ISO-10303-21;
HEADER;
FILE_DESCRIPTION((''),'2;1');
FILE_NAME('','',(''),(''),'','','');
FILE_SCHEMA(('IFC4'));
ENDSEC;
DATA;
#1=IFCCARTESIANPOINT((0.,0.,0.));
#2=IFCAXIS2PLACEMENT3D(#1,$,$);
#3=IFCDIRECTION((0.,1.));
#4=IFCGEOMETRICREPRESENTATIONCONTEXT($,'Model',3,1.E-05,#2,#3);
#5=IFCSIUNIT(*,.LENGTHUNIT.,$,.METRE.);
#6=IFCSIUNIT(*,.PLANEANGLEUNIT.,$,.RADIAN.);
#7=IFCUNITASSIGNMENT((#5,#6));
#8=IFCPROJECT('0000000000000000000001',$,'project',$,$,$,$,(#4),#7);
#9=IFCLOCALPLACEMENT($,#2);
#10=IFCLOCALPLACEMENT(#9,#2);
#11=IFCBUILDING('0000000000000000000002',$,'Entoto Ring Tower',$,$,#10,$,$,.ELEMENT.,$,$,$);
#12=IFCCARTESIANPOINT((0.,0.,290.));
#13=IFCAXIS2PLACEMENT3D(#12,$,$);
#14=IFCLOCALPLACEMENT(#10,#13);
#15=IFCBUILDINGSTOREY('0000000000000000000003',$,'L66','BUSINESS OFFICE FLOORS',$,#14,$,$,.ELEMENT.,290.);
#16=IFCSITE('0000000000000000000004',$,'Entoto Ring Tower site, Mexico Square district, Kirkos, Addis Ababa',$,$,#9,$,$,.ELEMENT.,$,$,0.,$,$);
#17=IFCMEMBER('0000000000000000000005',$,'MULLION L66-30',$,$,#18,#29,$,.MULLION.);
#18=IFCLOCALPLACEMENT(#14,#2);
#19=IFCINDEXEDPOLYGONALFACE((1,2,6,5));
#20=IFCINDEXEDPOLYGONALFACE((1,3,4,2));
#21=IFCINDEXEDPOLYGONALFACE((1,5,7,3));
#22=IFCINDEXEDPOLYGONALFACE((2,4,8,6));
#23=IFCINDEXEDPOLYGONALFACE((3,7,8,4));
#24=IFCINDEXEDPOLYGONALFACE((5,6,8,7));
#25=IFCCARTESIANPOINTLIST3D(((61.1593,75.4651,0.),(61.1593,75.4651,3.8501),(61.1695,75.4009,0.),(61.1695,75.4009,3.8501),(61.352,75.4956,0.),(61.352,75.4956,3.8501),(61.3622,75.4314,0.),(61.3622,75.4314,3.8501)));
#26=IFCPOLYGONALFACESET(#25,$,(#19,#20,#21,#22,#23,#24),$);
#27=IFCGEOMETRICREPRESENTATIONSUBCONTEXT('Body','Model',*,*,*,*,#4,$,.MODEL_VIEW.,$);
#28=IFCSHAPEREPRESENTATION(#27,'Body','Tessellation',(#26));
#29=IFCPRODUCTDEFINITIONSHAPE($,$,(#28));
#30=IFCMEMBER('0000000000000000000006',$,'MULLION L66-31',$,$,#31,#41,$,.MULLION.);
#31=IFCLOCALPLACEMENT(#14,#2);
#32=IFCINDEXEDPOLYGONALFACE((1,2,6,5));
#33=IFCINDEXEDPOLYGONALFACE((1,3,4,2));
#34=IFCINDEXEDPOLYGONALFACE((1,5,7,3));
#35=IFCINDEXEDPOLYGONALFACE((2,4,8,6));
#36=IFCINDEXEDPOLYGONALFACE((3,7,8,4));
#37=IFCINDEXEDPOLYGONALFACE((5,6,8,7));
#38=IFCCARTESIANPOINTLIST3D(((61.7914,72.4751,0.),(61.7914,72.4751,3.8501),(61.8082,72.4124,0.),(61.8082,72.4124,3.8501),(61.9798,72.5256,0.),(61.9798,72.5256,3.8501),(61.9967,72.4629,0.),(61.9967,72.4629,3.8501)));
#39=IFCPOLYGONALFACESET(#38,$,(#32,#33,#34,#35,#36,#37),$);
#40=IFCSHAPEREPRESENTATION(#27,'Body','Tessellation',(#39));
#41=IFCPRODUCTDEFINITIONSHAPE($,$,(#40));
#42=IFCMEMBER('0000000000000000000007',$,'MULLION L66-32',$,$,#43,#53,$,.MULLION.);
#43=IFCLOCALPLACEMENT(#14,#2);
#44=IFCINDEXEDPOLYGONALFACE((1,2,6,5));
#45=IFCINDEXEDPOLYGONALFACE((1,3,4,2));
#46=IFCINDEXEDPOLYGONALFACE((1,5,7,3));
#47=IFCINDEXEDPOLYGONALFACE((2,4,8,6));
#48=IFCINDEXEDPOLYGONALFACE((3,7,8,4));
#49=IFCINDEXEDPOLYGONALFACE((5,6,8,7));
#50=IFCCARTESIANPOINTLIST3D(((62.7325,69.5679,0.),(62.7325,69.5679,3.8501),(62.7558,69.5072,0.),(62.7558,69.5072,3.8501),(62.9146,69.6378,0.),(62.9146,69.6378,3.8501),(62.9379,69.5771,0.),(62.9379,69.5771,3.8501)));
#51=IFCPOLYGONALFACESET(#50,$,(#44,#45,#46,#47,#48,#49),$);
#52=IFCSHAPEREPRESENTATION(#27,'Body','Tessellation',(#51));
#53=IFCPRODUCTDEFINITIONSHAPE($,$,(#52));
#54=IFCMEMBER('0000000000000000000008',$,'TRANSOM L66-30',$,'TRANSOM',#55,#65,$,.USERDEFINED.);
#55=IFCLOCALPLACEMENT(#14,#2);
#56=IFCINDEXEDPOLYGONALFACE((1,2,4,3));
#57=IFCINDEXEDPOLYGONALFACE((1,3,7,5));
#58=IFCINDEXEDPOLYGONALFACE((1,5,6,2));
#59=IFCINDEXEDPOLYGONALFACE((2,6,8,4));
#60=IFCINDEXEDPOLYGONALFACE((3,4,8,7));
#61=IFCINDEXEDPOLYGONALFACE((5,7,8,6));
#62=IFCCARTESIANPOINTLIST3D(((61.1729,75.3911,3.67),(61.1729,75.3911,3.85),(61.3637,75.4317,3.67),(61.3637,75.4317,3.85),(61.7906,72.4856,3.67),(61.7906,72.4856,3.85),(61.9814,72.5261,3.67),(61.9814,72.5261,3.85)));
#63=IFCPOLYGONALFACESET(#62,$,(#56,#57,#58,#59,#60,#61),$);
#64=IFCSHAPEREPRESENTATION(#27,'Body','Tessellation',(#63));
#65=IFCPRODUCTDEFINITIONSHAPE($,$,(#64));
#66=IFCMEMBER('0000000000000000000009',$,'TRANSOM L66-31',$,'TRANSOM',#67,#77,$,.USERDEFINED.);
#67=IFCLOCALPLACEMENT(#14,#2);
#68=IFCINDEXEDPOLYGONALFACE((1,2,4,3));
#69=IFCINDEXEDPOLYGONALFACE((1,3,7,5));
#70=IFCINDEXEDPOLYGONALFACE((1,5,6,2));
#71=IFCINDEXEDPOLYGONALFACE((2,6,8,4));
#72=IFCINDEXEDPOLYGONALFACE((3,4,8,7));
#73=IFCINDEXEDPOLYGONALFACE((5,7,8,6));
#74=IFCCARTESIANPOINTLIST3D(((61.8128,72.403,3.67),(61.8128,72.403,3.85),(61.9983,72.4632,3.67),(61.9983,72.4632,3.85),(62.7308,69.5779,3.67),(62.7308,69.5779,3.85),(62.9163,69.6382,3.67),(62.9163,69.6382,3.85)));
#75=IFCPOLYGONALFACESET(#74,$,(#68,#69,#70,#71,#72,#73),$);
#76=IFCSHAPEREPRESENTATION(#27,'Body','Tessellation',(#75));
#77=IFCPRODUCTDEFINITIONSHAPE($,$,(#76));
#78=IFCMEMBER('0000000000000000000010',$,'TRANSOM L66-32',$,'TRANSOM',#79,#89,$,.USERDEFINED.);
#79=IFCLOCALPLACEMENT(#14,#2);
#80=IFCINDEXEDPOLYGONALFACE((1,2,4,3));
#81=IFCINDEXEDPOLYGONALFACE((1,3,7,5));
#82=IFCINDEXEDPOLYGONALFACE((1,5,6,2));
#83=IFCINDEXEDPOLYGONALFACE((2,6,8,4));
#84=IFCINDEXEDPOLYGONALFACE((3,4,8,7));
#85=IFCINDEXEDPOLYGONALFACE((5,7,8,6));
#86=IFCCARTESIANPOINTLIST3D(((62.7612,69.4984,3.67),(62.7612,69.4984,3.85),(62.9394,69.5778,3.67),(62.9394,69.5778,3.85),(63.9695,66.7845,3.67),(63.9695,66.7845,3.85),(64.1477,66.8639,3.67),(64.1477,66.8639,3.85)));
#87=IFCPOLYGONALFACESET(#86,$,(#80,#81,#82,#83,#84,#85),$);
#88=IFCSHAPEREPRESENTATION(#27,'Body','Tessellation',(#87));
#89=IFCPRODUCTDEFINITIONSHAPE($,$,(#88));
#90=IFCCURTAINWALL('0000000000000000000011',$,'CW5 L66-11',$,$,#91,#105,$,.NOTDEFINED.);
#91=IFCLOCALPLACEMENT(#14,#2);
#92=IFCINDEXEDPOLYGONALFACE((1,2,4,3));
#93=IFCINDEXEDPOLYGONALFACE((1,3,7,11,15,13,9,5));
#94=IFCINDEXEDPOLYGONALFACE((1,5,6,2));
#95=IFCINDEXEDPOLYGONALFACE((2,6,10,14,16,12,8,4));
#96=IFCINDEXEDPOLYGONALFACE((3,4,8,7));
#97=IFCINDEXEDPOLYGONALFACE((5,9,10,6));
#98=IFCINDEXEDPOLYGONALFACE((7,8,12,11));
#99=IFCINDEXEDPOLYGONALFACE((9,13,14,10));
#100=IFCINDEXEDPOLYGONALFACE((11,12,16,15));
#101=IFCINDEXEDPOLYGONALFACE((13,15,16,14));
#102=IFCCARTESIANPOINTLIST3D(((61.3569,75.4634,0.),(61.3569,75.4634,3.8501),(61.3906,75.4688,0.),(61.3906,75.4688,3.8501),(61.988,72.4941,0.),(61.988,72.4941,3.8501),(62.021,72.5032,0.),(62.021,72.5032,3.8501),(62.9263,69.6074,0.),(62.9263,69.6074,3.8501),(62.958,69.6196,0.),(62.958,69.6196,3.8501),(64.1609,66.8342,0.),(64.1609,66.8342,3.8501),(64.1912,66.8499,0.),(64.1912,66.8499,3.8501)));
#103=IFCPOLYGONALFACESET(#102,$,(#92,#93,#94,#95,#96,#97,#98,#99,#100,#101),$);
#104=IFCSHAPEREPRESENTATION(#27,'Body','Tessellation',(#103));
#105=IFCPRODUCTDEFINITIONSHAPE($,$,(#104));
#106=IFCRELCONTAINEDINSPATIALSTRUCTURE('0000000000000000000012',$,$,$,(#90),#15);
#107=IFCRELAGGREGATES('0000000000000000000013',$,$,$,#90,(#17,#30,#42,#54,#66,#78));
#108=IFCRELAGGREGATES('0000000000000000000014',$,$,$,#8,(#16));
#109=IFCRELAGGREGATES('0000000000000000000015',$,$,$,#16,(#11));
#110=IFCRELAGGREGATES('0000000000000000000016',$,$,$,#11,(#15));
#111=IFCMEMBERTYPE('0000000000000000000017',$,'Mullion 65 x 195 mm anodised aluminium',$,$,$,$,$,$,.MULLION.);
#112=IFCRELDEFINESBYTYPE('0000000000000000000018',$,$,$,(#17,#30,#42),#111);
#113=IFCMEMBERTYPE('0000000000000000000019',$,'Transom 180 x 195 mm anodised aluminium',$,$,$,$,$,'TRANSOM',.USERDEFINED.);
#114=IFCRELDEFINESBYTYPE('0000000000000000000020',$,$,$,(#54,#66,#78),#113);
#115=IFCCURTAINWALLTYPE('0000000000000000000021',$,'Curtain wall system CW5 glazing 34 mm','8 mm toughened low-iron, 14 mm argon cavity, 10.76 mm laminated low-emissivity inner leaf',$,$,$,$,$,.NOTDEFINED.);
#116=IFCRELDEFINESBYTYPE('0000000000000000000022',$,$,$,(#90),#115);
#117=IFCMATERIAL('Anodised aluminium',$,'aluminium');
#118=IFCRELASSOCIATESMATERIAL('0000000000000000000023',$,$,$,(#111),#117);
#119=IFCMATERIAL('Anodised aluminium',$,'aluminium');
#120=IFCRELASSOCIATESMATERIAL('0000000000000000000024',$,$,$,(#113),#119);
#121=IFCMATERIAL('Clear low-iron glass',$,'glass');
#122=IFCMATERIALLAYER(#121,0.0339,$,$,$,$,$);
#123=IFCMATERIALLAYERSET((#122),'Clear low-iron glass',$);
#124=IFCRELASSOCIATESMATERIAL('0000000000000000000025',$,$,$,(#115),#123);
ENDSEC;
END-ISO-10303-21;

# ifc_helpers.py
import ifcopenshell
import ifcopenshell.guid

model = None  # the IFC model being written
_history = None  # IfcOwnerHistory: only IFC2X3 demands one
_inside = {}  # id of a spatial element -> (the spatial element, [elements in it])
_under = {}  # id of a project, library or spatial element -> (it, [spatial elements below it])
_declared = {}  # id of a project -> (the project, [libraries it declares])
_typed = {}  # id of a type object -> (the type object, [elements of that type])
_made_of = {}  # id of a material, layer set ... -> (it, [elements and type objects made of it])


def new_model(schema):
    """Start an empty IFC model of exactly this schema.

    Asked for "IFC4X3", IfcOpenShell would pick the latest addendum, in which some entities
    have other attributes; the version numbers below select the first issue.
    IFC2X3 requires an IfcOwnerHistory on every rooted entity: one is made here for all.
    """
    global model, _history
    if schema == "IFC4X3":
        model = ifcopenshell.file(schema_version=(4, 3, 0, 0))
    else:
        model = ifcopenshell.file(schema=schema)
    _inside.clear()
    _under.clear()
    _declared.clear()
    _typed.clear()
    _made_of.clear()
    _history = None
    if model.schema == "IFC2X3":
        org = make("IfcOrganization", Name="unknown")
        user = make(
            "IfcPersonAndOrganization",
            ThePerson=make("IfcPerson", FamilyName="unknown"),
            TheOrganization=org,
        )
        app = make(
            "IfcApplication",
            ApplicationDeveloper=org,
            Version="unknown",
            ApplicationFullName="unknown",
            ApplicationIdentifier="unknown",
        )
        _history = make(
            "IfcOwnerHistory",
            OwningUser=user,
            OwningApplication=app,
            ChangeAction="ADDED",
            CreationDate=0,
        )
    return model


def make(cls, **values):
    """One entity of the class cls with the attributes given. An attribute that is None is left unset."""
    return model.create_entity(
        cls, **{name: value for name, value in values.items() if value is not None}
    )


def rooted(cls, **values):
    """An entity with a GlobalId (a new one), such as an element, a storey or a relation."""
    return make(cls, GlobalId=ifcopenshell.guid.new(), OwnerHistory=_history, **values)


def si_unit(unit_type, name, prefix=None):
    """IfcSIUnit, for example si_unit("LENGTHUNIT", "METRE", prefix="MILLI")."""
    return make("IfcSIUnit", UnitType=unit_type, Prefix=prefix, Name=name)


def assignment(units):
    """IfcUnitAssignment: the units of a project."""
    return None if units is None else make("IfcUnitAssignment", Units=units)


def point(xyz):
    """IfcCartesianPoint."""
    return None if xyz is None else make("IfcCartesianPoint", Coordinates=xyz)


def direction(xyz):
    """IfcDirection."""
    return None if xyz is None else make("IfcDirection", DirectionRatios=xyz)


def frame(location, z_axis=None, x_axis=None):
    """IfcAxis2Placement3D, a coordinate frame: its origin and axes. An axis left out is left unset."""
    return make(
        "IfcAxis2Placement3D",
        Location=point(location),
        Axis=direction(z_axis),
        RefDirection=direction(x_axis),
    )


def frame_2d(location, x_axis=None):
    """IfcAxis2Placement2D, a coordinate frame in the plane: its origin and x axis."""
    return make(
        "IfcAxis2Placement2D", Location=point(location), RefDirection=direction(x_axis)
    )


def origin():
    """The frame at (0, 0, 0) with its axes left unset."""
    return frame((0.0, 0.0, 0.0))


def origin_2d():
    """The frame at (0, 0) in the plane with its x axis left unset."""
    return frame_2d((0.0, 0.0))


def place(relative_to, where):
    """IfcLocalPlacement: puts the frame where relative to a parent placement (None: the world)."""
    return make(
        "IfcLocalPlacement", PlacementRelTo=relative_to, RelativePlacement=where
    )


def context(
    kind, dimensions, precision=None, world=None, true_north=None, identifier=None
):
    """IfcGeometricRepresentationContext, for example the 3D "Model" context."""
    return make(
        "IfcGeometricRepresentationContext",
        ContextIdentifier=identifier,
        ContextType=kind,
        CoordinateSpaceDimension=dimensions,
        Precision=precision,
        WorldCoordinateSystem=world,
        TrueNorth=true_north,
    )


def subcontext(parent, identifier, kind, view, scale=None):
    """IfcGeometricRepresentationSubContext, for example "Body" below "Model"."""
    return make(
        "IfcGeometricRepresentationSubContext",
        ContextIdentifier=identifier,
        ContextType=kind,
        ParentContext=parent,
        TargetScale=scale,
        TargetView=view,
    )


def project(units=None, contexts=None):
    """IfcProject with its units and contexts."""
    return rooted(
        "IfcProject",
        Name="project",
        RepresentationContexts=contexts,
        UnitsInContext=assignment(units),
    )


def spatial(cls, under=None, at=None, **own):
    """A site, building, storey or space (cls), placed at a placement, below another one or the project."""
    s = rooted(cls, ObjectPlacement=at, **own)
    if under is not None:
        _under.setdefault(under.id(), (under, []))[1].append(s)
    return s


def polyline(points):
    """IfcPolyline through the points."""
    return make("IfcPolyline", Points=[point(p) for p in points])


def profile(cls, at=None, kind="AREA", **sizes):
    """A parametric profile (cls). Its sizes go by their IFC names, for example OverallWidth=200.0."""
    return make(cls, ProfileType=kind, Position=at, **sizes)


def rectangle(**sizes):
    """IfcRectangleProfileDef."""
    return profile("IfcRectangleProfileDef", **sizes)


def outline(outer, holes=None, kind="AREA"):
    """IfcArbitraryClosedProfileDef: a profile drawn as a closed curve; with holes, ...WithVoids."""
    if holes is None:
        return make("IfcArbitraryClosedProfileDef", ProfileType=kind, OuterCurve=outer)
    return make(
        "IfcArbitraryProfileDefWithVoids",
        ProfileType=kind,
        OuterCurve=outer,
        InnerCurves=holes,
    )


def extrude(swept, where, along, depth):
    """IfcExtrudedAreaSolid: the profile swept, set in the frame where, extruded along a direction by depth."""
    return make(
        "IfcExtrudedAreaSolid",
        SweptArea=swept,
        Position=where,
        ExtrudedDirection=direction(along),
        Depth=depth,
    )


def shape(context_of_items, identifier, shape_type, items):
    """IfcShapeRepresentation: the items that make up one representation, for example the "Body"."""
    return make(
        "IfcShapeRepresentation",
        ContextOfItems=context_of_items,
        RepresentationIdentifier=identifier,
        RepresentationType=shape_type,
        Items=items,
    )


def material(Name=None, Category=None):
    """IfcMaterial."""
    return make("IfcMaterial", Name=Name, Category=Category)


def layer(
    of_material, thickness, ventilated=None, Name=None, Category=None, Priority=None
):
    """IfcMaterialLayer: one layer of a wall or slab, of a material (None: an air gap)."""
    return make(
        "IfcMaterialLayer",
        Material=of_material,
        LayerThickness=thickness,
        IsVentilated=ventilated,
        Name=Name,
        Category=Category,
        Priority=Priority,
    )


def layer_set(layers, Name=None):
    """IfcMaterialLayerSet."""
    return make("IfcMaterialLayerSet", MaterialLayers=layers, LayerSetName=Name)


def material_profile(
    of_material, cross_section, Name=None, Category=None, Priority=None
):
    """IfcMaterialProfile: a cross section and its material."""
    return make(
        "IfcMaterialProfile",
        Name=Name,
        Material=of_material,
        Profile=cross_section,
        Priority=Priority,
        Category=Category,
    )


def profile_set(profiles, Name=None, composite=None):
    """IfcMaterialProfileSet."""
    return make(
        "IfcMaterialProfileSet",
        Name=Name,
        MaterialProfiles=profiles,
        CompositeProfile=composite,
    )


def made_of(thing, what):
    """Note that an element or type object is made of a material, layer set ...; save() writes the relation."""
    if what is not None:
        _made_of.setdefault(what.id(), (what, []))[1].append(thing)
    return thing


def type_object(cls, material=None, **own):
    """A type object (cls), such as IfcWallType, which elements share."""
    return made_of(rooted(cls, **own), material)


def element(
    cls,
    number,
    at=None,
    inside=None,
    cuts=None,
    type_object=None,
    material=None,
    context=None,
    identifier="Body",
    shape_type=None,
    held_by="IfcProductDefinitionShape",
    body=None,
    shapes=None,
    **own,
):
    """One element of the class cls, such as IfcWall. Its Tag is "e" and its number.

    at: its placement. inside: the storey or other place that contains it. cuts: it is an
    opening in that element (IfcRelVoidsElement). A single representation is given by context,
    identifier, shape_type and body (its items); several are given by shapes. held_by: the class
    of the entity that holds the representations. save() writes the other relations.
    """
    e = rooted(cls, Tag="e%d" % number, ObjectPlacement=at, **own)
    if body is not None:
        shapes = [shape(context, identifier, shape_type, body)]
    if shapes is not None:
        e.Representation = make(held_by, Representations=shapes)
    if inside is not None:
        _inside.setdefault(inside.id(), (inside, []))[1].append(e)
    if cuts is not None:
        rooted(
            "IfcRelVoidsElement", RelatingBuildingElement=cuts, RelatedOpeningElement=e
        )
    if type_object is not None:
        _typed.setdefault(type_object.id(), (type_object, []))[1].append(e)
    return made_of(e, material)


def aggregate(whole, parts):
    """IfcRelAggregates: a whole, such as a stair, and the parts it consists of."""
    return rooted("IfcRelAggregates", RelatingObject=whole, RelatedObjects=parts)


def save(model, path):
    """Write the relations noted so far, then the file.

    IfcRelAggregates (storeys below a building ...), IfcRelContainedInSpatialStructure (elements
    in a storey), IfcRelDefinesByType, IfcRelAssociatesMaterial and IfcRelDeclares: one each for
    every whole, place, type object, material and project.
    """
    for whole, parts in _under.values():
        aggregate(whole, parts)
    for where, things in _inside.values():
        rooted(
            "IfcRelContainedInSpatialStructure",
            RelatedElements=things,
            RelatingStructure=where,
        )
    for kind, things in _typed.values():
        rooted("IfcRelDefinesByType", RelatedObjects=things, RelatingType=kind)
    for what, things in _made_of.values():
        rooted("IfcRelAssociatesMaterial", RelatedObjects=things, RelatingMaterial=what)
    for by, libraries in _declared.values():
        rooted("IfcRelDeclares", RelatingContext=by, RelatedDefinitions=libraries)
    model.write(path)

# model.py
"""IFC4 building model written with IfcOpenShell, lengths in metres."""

from ifc_helpers import new_model, si_unit, direction, frame, origin, origin_2d, place, context, subcontext, project, spatial, polyline, rectangle, outline, extrude, material, layer, layer_set, material_profile, profile_set, type_object, element, aggregate, save


model = new_model("IFC4")

# Units and contexts
model_context = context("Model", 3, precision=1e-05, world=origin(), true_north=direction((0.0, 1.0)))
body_context = subcontext(model_context, "Body", "Model", "MODEL_VIEW")
ifc_project = project(units=[si_unit("LENGTHUNIT", "METRE"), si_unit("PLANEANGLEUNIT", "RADIAN")], contexts=[model_context])

# Members
ifc_material_1 = material(Name="Anodised aluminium", Category="aluminium")
ifc_material_profile_1 = material_profile(ifc_material_1, rectangle(XDim=0.0649, YDim=0.1951, at=origin_2d()), Name="Mullion 65 x 195 mm anodised aluminium")
ifc_profile_set_1 = profile_set([ifc_material_profile_1], Name="Anodised aluminium")
member_type_1 = type_object("IfcMemberType", Name="Mullion 65 x 195 mm anodised aluminium", PredefinedType="MULLION", material=ifc_profile_set_1)
site_placement = place(None, origin())
building_placement = place(site_placement, origin())
storey_placement = place(building_placement, frame((0.0, 0.0, 290.0)))
member_1_placement = place(storey_placement, frame((61.2607, 75.4482, 0.0), z_axis=(0.0, 0.0, 1.0), x_axis=(0.156434, -0.987688, 0.0)))
member_1 = element("IfcMember", 1, at=member_1_placement, type_object=member_type_1, Name="MULLION L66-30", PredefinedType="MULLION", context=body_context, shape_type="SweptSolid", body=[
    extrude(rectangle(XDim=0.0649, YDim=0.1951, at=origin_2d()), origin(), (0.0, 0.0, 1.0), 3.8501),
])
member_2_placement = place(storey_placement, frame((61.894, 72.469, 0.0), z_axis=(0.0, 0.0, 1.0), x_axis=(0.258819, -0.965926, 0.0)))
member_2 = element("IfcMember", 2, at=member_2_placement, type_object=member_type_1, Name="MULLION L66-31", PredefinedType="MULLION", context=body_context, shape_type="SweptSolid", body=[
    extrude(rectangle(XDim=0.0649, YDim=0.1951, at=origin_2d()), origin(), (0.0, 0.0, 1.0), 3.8501),
])
member_3_placement = place(storey_placement, frame((62.8352, 69.5725, 0.0), z_axis=(0.0, 0.0, 1.0), x_axis=(0.358368, -0.93358, 0.0)))
member_3 = element("IfcMember", 3, at=member_3_placement, type_object=member_type_1, Name="MULLION L66-32", PredefinedType="MULLION", context=body_context, shape_type="SweptSolid", body=[
    extrude(rectangle(XDim=0.0649, YDim=0.1951, at=origin_2d()), origin(), (0.0, 0.0, 1.0), 3.8501),
])
ifc_material_2 = material(Name="Anodised aluminium", Category="aluminium")
ifc_material_profile_2 = material_profile(ifc_material_2, rectangle(XDim=0.1951, YDim=0.1799, at=origin_2d()), Name="Transom 180 x 195 mm anodised aluminium")
ifc_profile_set_2 = profile_set([ifc_material_profile_2], Name="Anodised aluminium")
member_type_2 = type_object("IfcMemberType", Name="Transom 180 x 195 mm anodised aluminium", ElementType="TRANSOM", PredefinedType="USERDEFINED", material=ifc_profile_set_2)
member_4_placement = place(storey_placement, frame((61.2683, 75.4114, 3.76), z_axis=(0.20794, -0.978142, 0.0), x_axis=(0.978142, 0.20794, 0.0)))
member_4 = element("IfcMember", 4, at=member_4_placement, type_object=member_type_2, Name="TRANSOM L66-30", ObjectType="TRANSOM", PredefinedType="USERDEFINED", context=body_context, shape_type="SweptSolid", body=[
    extrude(rectangle(XDim=0.1951, YDim=0.1799, at=origin_2d()), origin(), (0.0, 0.0, 1.0), 2.9705),
])
member_5_placement = place(storey_placement, frame((61.9055, 72.4331, 3.76), z_axis=(0.309043, -0.951048, 0.0), x_axis=(0.951048, 0.309043, 0.0)))
member_5 = element("IfcMember", 5, at=member_5_placement, type_object=member_type_2, Name="TRANSOM L66-31", ObjectType="TRANSOM", PredefinedType="USERDEFINED", context=body_context, shape_type="SweptSolid", body=[
    extrude(rectangle(XDim=0.1951, YDim=0.1799, at=origin_2d()), origin(), (0.0, 0.0, 1.0), 2.9705),
])
member_6_placement = place(storey_placement, frame((62.8503, 69.5381, 3.76), z_axis=(0.406726, -0.91355, 0.0), x_axis=(0.91355, 0.406726, 0.0)))
member_6 = element("IfcMember", 6, at=member_6_placement, type_object=member_type_2, Name="TRANSOM L66-32", ObjectType="TRANSOM", PredefinedType="USERDEFINED", context=body_context, shape_type="SweptSolid", body=[
    extrude(rectangle(XDim=0.1951, YDim=0.1799, at=origin_2d()), origin(), (0.0, 0.0, 1.0), 2.9707),
])

# Site, building, storey
site = spatial("IfcSite", under=ifc_project, at=site_placement, Name="Entoto Ring Tower site, Mexico Square district, Kirkos, Addis Ababa", CompositionType="ELEMENT", RefElevation=0.0)
building = spatial("IfcBuilding", under=site, at=building_placement, Name="Entoto Ring Tower", CompositionType="ELEMENT")
storey = spatial("IfcBuildingStorey", under=building, at=storey_placement, Name="L66", Description="BUSINESS OFFICE FLOORS", CompositionType="ELEMENT", Elevation=290.0)

# Curtain wall
ifc_material_3 = material(Name="Clear low-iron glass", Category="glass")
ifc_layer = layer(ifc_material_3, 0.0339)
ifc_layer_set = layer_set([ifc_layer], Name="Clear low-iron glass")
curtain_wall_type = type_object("IfcCurtainWallType", Name="Curtain wall system CW5 glazing 34 mm", Description="8 mm toughened low-iron, 14 mm argon cavity, 10.76 mm laminated low-emissivity inner leaf", PredefinedType="NOTDEFINED", material=ifc_layer_set)
curtain_wall_1_placement = place(storey_placement, origin())
curtain_wall_1 = element("IfcCurtainWall", 7, at=curtain_wall_1_placement, inside=storey, type_object=curtain_wall_type, Name="CW5 L66-11", PredefinedType="NOTDEFINED", context=body_context, shape_type="SweptSolid", body=[
    extrude(outline(polyline([(61.3569, 75.4634), (61.988, 72.4941), (62.9263, 69.6074), (64.1609, 66.8342), (64.1912, 66.8499), (62.958, 69.6196), (62.021, 72.5032), (61.3906, 75.4688), (61.3569, 75.4634)])), origin(), (0.0, 0.0, 1.0), 3.8501),
])
aggregate(curtain_wall_1, [member_1, member_2, member_3, member_4, member_5, member_6])

save(model, "model.ifc")
